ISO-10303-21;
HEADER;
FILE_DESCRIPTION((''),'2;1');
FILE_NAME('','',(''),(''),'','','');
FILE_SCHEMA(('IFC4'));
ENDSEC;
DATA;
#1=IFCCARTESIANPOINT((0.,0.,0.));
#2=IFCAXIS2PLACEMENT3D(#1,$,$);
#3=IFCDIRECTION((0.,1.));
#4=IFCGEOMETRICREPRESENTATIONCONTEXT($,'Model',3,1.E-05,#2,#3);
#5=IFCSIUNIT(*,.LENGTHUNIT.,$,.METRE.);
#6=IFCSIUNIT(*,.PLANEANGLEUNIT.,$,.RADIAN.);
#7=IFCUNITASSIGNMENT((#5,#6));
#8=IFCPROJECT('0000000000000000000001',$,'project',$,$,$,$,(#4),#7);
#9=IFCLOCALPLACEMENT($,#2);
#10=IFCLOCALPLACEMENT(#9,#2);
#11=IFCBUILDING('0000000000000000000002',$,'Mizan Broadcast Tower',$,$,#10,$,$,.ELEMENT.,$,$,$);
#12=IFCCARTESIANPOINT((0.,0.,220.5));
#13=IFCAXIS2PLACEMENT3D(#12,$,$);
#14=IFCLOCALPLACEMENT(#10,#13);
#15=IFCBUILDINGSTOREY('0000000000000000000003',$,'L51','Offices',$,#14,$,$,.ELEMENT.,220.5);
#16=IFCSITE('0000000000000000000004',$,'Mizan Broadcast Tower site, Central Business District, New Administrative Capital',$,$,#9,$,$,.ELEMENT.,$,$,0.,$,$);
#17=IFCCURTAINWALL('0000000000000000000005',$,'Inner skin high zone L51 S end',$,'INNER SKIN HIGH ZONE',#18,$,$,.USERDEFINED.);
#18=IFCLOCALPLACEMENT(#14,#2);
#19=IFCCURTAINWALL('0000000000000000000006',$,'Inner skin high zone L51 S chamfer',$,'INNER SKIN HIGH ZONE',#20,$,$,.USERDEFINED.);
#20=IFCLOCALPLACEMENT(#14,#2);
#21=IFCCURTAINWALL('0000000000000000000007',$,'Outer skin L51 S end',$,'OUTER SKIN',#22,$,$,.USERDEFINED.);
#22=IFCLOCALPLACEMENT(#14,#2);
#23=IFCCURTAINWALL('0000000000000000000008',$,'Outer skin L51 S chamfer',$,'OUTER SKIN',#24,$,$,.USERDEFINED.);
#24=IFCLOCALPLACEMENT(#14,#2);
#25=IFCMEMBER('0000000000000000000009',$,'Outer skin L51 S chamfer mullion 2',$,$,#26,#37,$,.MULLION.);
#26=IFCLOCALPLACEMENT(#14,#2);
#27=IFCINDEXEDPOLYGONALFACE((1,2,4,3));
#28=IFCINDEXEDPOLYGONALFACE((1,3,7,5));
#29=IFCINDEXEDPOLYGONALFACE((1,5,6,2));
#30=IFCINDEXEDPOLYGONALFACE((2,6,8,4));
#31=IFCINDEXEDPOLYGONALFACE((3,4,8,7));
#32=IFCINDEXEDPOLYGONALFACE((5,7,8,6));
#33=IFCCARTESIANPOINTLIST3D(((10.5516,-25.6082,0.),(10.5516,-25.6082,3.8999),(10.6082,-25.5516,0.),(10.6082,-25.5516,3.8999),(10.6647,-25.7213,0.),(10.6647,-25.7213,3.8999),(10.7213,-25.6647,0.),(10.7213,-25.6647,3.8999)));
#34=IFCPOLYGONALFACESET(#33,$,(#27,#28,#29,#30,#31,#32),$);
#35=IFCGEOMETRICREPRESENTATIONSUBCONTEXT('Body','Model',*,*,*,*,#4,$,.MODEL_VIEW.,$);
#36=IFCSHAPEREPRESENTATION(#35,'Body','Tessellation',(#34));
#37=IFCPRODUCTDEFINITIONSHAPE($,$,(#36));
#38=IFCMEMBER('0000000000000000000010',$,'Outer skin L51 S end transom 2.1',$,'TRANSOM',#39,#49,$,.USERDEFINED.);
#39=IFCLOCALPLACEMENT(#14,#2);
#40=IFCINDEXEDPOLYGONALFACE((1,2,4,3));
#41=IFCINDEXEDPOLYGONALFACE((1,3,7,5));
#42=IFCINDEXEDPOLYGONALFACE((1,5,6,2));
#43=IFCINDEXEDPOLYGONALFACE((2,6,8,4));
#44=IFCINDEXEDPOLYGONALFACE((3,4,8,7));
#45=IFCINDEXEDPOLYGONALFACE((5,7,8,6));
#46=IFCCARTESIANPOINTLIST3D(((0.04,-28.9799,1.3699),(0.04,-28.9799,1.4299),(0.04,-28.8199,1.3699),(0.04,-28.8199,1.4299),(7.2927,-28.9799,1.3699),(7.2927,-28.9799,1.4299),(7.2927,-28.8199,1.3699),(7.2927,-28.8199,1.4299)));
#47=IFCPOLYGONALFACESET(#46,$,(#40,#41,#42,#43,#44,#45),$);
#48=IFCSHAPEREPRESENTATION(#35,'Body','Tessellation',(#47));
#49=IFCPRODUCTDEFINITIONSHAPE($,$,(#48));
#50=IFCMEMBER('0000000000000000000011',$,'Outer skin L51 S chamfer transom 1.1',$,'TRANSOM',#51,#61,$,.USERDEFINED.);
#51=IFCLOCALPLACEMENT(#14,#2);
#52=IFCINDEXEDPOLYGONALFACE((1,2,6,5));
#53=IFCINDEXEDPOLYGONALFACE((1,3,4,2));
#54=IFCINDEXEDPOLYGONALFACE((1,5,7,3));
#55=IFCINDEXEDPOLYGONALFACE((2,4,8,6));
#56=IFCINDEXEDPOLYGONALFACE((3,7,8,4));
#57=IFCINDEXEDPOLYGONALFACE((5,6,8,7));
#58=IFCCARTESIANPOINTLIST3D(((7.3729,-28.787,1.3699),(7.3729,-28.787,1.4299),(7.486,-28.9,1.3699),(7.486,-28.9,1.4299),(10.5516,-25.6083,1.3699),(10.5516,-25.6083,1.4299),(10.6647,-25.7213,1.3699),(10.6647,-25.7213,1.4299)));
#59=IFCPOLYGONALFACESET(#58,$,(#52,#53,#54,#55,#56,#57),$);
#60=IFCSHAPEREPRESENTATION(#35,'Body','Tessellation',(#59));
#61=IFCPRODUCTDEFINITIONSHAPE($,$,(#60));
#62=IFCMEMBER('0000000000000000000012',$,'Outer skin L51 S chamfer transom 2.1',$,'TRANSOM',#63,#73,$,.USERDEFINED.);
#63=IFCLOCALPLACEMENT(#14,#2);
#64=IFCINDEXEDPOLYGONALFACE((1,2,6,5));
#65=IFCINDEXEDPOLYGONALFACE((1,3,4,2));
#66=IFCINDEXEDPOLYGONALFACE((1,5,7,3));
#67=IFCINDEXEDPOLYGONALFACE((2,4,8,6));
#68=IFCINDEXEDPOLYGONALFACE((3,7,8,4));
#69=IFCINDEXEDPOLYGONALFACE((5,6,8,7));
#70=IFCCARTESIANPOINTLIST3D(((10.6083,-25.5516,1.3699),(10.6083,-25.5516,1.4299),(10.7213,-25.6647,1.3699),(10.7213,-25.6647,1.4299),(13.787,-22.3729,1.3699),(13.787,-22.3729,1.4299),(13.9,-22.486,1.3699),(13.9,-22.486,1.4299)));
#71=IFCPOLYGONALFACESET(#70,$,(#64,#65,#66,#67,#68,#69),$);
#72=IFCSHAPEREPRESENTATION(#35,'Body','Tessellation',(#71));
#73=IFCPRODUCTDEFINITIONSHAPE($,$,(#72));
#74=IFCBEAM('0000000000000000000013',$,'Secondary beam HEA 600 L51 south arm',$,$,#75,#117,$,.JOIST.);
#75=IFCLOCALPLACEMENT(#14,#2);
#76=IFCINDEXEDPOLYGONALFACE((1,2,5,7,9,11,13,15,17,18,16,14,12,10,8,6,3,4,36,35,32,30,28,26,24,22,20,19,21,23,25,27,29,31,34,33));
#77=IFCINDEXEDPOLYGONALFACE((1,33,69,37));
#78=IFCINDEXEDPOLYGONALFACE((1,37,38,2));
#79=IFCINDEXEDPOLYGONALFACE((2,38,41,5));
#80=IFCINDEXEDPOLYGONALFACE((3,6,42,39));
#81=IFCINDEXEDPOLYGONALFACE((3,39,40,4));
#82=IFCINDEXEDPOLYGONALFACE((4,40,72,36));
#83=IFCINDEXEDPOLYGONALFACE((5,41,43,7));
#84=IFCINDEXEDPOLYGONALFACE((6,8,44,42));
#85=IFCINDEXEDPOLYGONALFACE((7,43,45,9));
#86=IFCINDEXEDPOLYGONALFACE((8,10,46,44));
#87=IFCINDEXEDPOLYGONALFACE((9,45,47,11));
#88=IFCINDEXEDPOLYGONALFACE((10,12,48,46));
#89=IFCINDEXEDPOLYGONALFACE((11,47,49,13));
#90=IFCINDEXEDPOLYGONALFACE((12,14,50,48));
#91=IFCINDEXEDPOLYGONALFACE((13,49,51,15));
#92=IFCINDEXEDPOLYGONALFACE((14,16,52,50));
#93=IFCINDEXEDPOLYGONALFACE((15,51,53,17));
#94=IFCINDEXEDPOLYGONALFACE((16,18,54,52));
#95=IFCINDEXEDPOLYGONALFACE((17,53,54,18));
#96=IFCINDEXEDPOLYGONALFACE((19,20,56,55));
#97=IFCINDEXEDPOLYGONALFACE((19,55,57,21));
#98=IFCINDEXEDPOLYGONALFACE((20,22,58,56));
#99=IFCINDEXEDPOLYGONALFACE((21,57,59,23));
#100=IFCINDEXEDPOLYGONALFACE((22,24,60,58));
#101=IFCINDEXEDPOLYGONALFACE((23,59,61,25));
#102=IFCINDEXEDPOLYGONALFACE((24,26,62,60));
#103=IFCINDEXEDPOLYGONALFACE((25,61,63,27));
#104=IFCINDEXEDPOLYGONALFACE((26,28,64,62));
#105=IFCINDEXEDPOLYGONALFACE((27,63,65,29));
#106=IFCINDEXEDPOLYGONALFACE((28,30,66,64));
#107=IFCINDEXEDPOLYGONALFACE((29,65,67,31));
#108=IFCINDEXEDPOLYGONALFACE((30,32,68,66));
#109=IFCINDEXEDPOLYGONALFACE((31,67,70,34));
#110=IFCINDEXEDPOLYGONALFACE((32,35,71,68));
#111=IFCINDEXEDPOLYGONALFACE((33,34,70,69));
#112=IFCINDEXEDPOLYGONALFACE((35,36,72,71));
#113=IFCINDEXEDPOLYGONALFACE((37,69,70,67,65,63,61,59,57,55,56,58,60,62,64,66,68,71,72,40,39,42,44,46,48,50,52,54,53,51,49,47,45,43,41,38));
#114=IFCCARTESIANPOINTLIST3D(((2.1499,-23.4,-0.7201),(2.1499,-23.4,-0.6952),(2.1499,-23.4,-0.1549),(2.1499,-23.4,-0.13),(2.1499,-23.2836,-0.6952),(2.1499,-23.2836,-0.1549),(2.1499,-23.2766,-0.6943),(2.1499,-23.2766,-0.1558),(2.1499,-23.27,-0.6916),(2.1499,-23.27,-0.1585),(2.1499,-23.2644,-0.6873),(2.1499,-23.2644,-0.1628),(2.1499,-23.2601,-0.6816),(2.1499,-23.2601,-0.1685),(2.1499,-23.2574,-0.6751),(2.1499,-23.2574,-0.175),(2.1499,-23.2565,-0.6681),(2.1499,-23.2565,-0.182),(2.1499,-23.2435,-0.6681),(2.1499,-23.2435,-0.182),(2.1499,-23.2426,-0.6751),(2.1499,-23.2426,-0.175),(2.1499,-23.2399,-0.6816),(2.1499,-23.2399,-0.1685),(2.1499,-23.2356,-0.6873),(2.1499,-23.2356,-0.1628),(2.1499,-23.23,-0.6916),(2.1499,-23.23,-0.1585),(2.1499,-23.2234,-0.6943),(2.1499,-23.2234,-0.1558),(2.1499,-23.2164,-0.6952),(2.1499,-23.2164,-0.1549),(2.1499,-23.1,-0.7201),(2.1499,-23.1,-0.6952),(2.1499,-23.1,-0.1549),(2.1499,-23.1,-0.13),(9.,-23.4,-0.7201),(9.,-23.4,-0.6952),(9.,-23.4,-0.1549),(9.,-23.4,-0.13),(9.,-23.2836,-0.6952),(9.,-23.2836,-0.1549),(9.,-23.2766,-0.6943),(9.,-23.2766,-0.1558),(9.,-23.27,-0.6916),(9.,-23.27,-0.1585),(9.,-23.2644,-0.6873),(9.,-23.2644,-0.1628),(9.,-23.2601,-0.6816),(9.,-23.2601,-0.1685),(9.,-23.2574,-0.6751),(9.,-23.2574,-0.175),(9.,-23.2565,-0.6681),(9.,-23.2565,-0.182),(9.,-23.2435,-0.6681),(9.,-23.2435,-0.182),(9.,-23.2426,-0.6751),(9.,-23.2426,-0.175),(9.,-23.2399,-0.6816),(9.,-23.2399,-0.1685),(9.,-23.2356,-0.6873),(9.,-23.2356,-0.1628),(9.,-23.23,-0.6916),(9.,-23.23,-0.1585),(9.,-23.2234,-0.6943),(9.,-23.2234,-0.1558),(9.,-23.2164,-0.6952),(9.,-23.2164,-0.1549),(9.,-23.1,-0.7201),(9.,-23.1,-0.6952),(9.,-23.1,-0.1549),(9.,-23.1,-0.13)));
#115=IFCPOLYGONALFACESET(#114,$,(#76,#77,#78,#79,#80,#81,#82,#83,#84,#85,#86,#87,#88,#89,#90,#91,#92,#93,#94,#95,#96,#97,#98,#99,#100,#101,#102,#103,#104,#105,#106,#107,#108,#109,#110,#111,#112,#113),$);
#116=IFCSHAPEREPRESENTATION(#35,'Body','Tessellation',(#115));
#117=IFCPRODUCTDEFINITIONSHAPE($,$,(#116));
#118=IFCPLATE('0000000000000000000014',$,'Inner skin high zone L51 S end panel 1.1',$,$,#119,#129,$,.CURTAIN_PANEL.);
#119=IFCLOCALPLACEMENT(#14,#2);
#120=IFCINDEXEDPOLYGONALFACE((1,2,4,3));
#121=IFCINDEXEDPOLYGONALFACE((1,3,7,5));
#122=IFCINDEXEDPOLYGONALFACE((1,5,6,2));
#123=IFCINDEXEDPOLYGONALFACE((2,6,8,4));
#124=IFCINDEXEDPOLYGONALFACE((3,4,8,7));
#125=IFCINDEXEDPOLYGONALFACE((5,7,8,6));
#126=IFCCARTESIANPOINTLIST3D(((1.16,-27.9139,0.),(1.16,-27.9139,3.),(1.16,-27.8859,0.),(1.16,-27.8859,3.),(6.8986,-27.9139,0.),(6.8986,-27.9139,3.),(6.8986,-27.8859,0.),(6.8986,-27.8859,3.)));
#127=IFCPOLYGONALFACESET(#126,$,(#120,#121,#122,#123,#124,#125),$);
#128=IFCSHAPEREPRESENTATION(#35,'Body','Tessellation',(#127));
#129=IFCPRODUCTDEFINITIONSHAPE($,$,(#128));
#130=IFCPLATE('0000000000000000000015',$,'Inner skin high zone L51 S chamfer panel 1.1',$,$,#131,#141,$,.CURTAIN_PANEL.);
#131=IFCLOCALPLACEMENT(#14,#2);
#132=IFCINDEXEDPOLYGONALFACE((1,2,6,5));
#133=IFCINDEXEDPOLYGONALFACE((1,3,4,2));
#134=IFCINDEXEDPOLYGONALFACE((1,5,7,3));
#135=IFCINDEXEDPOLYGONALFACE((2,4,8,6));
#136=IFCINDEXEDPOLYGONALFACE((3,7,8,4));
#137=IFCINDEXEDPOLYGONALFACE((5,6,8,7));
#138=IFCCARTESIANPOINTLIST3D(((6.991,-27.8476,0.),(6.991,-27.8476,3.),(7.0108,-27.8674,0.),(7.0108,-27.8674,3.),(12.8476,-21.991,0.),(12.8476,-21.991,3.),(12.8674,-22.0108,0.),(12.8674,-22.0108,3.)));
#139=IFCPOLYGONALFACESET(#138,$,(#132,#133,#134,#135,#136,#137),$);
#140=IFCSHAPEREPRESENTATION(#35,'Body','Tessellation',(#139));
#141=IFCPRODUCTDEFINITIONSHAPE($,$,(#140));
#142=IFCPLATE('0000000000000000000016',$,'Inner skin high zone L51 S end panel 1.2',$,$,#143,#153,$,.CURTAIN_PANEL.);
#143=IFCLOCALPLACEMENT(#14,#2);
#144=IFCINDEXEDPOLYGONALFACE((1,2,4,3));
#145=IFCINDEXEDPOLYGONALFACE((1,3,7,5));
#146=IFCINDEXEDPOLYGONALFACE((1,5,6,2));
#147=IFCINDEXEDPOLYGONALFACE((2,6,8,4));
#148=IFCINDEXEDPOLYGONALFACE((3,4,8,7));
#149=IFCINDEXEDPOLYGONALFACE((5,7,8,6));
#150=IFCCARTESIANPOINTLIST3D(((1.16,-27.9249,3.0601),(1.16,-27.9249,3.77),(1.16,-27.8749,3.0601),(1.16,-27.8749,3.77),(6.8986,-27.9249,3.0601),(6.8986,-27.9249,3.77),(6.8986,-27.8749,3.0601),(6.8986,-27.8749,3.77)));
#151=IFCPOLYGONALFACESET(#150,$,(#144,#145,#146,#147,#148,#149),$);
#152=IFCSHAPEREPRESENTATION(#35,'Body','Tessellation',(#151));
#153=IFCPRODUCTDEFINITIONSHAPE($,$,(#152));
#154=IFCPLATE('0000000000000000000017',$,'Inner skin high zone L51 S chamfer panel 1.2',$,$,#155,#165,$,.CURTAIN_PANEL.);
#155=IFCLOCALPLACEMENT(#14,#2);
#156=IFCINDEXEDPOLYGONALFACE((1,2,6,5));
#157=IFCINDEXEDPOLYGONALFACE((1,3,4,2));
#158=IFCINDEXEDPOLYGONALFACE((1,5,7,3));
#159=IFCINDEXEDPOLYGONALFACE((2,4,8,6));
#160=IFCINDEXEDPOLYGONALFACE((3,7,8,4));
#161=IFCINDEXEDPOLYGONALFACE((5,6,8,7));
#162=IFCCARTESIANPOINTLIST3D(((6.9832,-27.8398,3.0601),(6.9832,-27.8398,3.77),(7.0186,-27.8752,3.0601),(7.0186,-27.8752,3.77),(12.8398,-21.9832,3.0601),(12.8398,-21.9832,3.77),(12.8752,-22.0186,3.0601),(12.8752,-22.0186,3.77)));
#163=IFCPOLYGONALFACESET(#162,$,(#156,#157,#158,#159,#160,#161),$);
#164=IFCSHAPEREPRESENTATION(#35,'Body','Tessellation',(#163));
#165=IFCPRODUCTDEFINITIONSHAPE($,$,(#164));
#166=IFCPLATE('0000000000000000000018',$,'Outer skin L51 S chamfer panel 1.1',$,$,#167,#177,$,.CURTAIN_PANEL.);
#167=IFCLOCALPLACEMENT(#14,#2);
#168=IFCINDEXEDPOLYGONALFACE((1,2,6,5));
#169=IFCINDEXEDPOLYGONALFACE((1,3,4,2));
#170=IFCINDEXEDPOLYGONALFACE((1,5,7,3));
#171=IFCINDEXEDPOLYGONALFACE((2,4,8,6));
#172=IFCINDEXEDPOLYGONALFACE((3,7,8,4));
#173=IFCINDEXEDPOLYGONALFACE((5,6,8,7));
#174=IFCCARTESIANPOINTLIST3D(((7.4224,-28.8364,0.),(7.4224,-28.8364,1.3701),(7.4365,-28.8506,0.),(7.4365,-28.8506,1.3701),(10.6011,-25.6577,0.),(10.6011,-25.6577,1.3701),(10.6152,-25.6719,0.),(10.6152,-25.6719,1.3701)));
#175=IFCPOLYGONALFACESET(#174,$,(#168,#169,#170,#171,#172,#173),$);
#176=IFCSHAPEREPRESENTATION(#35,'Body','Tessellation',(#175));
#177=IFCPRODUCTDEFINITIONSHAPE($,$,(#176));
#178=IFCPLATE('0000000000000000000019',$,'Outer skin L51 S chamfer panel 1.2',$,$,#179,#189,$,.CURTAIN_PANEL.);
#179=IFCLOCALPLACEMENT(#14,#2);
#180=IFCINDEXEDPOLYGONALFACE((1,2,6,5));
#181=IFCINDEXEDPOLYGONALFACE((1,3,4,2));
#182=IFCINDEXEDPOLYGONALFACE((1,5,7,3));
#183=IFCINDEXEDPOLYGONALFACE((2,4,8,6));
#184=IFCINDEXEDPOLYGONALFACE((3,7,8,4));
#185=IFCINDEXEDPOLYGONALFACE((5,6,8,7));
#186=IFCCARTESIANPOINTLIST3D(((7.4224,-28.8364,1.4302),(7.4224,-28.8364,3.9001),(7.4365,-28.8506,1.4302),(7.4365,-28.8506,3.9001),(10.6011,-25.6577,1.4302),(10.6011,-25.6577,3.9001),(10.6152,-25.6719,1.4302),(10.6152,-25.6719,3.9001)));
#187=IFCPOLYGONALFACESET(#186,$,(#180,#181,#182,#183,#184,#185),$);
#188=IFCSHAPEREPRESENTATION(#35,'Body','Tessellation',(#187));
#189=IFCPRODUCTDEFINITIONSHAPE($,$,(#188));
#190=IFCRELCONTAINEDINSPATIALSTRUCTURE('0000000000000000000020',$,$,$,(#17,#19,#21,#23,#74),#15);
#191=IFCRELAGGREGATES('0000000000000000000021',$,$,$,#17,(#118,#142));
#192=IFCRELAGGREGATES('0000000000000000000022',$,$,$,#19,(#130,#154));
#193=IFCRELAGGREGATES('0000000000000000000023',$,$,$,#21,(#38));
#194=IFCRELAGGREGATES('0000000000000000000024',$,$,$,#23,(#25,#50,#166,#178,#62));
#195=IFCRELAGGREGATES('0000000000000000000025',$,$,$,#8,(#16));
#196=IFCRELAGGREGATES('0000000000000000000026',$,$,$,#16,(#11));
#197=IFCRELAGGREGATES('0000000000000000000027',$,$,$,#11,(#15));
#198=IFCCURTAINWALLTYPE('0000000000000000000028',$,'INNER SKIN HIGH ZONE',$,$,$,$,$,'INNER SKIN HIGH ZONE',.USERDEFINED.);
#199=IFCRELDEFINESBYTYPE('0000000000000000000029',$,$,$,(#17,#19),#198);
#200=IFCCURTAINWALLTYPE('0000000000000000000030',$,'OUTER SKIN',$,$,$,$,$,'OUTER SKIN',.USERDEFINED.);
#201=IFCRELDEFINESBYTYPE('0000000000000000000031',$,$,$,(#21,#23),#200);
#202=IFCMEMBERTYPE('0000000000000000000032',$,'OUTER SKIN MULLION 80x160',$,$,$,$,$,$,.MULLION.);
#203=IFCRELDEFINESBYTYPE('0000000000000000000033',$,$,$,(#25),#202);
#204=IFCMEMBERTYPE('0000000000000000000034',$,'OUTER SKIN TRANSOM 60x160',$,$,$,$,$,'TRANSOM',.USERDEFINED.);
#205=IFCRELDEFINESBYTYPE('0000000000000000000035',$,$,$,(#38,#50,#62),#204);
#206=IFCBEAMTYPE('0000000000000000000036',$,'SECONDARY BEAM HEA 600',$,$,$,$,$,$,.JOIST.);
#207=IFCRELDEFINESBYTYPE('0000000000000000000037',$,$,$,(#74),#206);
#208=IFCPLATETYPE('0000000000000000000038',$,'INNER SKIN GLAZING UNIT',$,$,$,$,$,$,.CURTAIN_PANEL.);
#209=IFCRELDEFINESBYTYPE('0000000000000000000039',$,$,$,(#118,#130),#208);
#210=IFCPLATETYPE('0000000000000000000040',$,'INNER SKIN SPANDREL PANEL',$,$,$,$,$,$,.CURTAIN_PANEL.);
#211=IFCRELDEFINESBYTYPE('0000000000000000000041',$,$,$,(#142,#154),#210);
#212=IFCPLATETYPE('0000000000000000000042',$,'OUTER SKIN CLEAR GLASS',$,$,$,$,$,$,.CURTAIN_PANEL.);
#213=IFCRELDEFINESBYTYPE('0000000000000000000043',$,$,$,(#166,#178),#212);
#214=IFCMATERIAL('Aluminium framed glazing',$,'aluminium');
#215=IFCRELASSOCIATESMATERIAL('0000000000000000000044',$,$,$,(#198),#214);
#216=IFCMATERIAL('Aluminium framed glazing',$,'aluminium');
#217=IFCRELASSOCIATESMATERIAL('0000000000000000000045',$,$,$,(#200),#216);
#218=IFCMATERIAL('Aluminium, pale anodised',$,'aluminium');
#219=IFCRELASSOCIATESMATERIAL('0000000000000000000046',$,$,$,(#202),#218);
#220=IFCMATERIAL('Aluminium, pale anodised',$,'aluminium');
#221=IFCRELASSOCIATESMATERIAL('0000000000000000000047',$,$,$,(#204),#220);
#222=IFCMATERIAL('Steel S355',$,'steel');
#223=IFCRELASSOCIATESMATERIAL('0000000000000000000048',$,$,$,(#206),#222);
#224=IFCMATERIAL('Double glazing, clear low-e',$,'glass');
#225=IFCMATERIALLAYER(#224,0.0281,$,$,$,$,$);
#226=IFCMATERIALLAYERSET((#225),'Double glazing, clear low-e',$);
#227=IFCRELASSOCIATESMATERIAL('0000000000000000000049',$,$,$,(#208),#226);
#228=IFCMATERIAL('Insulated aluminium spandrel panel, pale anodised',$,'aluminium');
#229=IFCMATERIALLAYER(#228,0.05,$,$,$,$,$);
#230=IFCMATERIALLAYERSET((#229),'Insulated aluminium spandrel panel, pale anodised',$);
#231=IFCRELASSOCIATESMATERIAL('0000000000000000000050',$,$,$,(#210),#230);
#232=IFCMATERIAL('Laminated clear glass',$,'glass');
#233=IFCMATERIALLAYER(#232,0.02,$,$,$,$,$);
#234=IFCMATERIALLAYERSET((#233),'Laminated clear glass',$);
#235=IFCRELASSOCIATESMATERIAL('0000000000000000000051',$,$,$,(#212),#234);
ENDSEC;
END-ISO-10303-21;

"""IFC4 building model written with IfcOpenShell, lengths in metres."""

from ifc_helpers import new_model, si_unit, direction, frame, origin, origin_2d, place, context, subcontext, project, spatial, rectangle, i_section, extrude, material, layer, layer_set, material_profile, profile_set, type_object, element, aggregate, save


model = new_model("IFC4")

# Units and contexts
model_context = context("Model", 3, precision=1e-05, world=origin(), true_north=direction((0.0, 1.0)))
body_context = subcontext(model_context, "Body", "Model", "MODEL_VIEW")
ifc_project = project(units=[si_unit("LENGTHUNIT", "METRE"), si_unit("PLANEANGLEUNIT", "RADIAN")], contexts=[model_context])

# Site, building, storey
site_placement = place(None, origin())
site = spatial("IfcSite", under=ifc_project, at=site_placement, Name="Mizan Broadcast Tower site, Central Business District, New Administrative Capital", CompositionType="ELEMENT", RefElevation=0.0)
building_placement = place(site_placement, origin())
building = spatial("IfcBuilding", under=site, at=building_placement, Name="Mizan Broadcast Tower", CompositionType="ELEMENT")
storey_placement = place(building_placement, frame((0.0, 0.0, 220.5)))
storey = spatial("IfcBuildingStorey", under=building, at=storey_placement, Name="L51", Description="Offices", CompositionType="ELEMENT", Elevation=220.5)

# Curtain wall
ifc_material_1 = material(Name="Aluminium framed glazing", Category="aluminium")
curtain_wall_type_1 = type_object("IfcCurtainWallType", Name="INNER SKIN HIGH ZONE", ElementType="INNER SKIN HIGH ZONE", PredefinedType="USERDEFINED", material=ifc_material_1)
curtain_wall_1_placement = place(storey_placement, origin())
curtain_wall_1 = element("IfcCurtainWall", 1, at=curtain_wall_1_placement, inside=storey, type_object=curtain_wall_type_1, Name="Inner skin high zone L51 S end", ObjectType="INNER SKIN HIGH ZONE", PredefinedType="USERDEFINED")

# Curtain wall
curtain_wall_2_placement = place(storey_placement, origin())
curtain_wall_2 = element("IfcCurtainWall", 2, at=curtain_wall_2_placement, inside=storey, type_object=curtain_wall_type_1, Name="Inner skin high zone L51 S chamfer", ObjectType="INNER SKIN HIGH ZONE", PredefinedType="USERDEFINED")

# Curtain wall
ifc_material_2 = material(Name="Aluminium framed glazing", Category="aluminium")
curtain_wall_type_2 = type_object("IfcCurtainWallType", Name="OUTER SKIN", ElementType="OUTER SKIN", PredefinedType="USERDEFINED", material=ifc_material_2)
curtain_wall_3_placement = place(storey_placement, origin())
curtain_wall_3 = element("IfcCurtainWall", 3, at=curtain_wall_3_placement, inside=storey, type_object=curtain_wall_type_2, Name="Outer skin L51 S end", ObjectType="OUTER SKIN", PredefinedType="USERDEFINED")
ifc_material_3 = material(Name="Aluminium, pale anodised", Category="aluminium")
ifc_material_profile_1 = material_profile(ifc_material_3, rectangle(XDim=0.1599, YDim=0.0801, at=origin_2d()), Name="MULLION 160x80")
ifc_profile_set_1 = profile_set([ifc_material_profile_1], Name="Aluminium, pale anodised")
member_type_1 = type_object("IfcMemberType", Name="OUTER SKIN MULLION 80x160", PredefinedType="MULLION", material=ifc_profile_set_1)

# Curtain wall, member
curtain_wall_4_placement = place(storey_placement, origin())
curtain_wall_4 = element("IfcCurtainWall", 4, at=curtain_wall_4_placement, inside=storey, type_object=curtain_wall_type_2, Name="Outer skin L51 S chamfer", ObjectType="OUTER SKIN", PredefinedType="USERDEFINED")
member_1_placement = place(storey_placement, frame((10.6365, -25.6365, 0.0), z_axis=(0.0, 0.0, 1.0), x_axis=(-0.707107, 0.707107, 0.0)))
member_1 = element("IfcMember", 5, at=member_1_placement, type_object=member_type_1, Name="Outer skin L51 S chamfer mullion 2", PredefinedType="MULLION", context=body_context, shape_type="SweptSolid", body=[
    extrude(rectangle(XDim=0.1599, YDim=0.0801, at=origin_2d()), origin(), (0.0, 0.0, 1.0), 3.8999),
])

# Members
ifc_material_4 = material(Name="Aluminium, pale anodised", Category="aluminium")
ifc_material_profile_2 = material_profile(ifc_material_4, rectangle(XDim=0.1599, YDim=0.0601, at=origin_2d()), Name="TRANSOM 160x60")
ifc_profile_set_2 = profile_set([ifc_material_profile_2], Name="Aluminium, pale anodised")
member_type_2 = type_object("IfcMemberType", Name="OUTER SKIN TRANSOM 60x160", ElementType="TRANSOM", PredefinedType="USERDEFINED", material=ifc_profile_set_2)
member_2_placement = place(storey_placement, frame((0.04, -28.8999, 1.3999), z_axis=(1.0, 0.0, 0.0), x_axis=(0.0, 1.0, 0.0)))
member_2 = element("IfcMember", 6, at=member_2_placement, type_object=member_type_2, Name="Outer skin L51 S end transom 2.1", ObjectType="TRANSOM", PredefinedType="USERDEFINED", context=body_context, shape_type="SweptSolid", body=[
    extrude(rectangle(XDim=0.1599, YDim=0.0601, at=origin_2d()), origin(), (0.0, 0.0, 1.0), 7.2527),
])
member_3_placement = place(storey_placement, frame((7.4294, -28.8435, 1.3999), z_axis=(0.707107, 0.707107, 0.0), x_axis=(-0.707107, 0.707107, 0.0)))
member_3 = element("IfcMember", 7, at=member_3_placement, type_object=member_type_2, Name="Outer skin L51 S chamfer transom 1.1", ObjectType="TRANSOM", PredefinedType="USERDEFINED", context=body_context, shape_type="SweptSolid", body=[
    extrude(rectangle(XDim=0.1599, YDim=0.0601, at=origin_2d()), origin(), (0.0, 0.0, 1.0), 4.4954),
])
member_4_placement = place(storey_placement, frame((10.6648, -25.6082, 1.3999), z_axis=(0.707107, 0.707107, 0.0), x_axis=(-0.707107, 0.707107, 0.0)))
member_4 = element("IfcMember", 8, at=member_4_placement, type_object=member_type_2, Name="Outer skin L51 S chamfer transom 2.1", ObjectType="TRANSOM", PredefinedType="USERDEFINED", context=body_context, shape_type="SweptSolid", body=[
    extrude(rectangle(XDim=0.1599, YDim=0.0601, at=origin_2d()), origin(), (0.0, 0.0, 1.0), 4.4954),
])

# Beam
ifc_material_5 = material(Name="Steel S355", Category="steel")
ifc_material_profile_3 = material_profile(ifc_material_5, i_section(OverallWidth=0.3, OverallDepth=0.5901, WebThickness=0.0129, FlangeThickness=0.0249, FilletRadius=0.0271, at=origin_2d()), Name="HEA 600")
ifc_profile_set_3 = profile_set([ifc_material_profile_3], Name="Steel S355")
beam_type_1 = type_object("IfcBeamType", Name="SECONDARY BEAM HEA 600", PredefinedType="JOIST", material=ifc_profile_set_3)
beam_1_placement = place(storey_placement, frame((9.0, -23.25, -0.425), z_axis=(-1.0, 0.0, 0.0), x_axis=(0.0, -1.0, 0.0)))
element("IfcBeam", 9, at=beam_1_placement, inside=storey, type_object=beam_type_1, Name="Secondary beam HEA 600 L51 south arm", PredefinedType="JOIST", context=body_context, shape_type="SweptSolid", body=[
    extrude(i_section(OverallWidth=0.3, OverallDepth=0.5901, WebThickness=0.0129, FlangeThickness=0.0249, FilletRadius=0.0271, at=origin_2d()), origin(), (0.0, 0.0, 1.0), 6.8501),
])

# Plates
ifc_material_6 = material(Name="Double glazing, clear low-e", Category="glass")
ifc_layer_1 = layer(ifc_material_6, 0.0281)
ifc_layer_set_1 = layer_set([ifc_layer_1], Name="Double glazing, clear low-e")
plate_type_1 = type_object("IfcPlateType", Name="INNER SKIN GLAZING UNIT", PredefinedType="CURTAIN_PANEL", material=ifc_layer_set_1)
plate_1_placement = place(storey_placement, frame((4.0293, -27.8999, 0.0), z_axis=(0.0, 0.0, 1.0), x_axis=(1.0, 0.0, 0.0)))
plate_1 = element("IfcPlate", 10, at=plate_1_placement, type_object=plate_type_1, Name="Inner skin high zone L51 S end panel 1.1", PredefinedType="CURTAIN_PANEL", context=body_context, shape_type="SweptSolid", body=[
    extrude(rectangle(XDim=5.7385, YDim=0.0281, at=origin_2d()), origin(), (0.0, 0.0, 1.0), 3.0),
])
plate_2_placement = place(storey_placement, frame((9.9292, -24.9292, 0.0), z_axis=(0.0, 0.0, 1.0), x_axis=(0.707107, 0.707107, 0.0)))
plate_2 = element("IfcPlate", 11, at=plate_2_placement, type_object=plate_type_1, Name="Inner skin high zone L51 S chamfer panel 1.1", PredefinedType="CURTAIN_PANEL", context=body_context, shape_type="SweptSolid", body=[
    extrude(rectangle(XDim=8.2825, YDim=0.0281, at=origin_2d()), origin(), (0.0, 0.0, 1.0), 3.0),
])
ifc_material_7 = material(Name="Insulated aluminium spandrel panel, pale anodised", Category="aluminium")
ifc_layer_2 = layer(ifc_material_7, 0.05)
ifc_layer_set_2 = layer_set([ifc_layer_2], Name="Insulated aluminium spandrel panel, pale anodised")
plate_type_2 = type_object("IfcPlateType", Name="INNER SKIN SPANDREL PANEL", PredefinedType="CURTAIN_PANEL", material=ifc_layer_set_2)
plate_3_placement = place(storey_placement, frame((4.0293, -27.8999, 3.0601), z_axis=(0.0, 0.0, 1.0), x_axis=(1.0, 0.0, 0.0)))
plate_3 = element("IfcPlate", 12, at=plate_3_placement, type_object=plate_type_2, Name="Inner skin high zone L51 S end panel 1.2", PredefinedType="CURTAIN_PANEL", context=body_context, shape_type="SweptSolid", body=[
    extrude(rectangle(XDim=5.7385, YDim=0.05, at=origin_2d()), origin(), (0.0, 0.0, 1.0), 0.71),
])
aggregate(curtain_wall_1, [plate_1, plate_3])
plate_4_placement = place(storey_placement, frame((9.9292, -24.9292, 3.0601), z_axis=(0.0, 0.0, 1.0), x_axis=(0.707107, 0.707107, 0.0)))
plate_4 = element("IfcPlate", 13, at=plate_4_placement, type_object=plate_type_2, Name="Inner skin high zone L51 S chamfer panel 1.2", PredefinedType="CURTAIN_PANEL", context=body_context, shape_type="SweptSolid", body=[
    extrude(rectangle(XDim=8.2825, YDim=0.05, at=origin_2d()), origin(), (0.0, 0.0, 1.0), 0.71),
])
aggregate(curtain_wall_2, [plate_2, plate_4])
ifc_material_8 = material(Name="Laminated clear glass", Category="glass")
ifc_layer_3 = layer(ifc_material_8, 0.02)
ifc_layer_set_3 = layer_set([ifc_layer_3], Name="Laminated clear glass")
plate_type_3 = type_object("IfcPlateType", Name="OUTER SKIN CLEAR GLASS", PredefinedType="CURTAIN_PANEL", material=ifc_layer_set_3)
plate_5_placement = place(storey_placement, frame((9.0188, -27.2542, 0.0), z_axis=(0.0, 0.0, 1.0), x_axis=(0.707107, 0.707107, 0.0)))
plate_5 = element("IfcPlate", 14, at=plate_5_placement, type_object=plate_type_3, Name="Outer skin L51 S chamfer panel 1.1", PredefinedType="CURTAIN_PANEL", context=body_context, shape_type="SweptSolid", body=[
    extrude(rectangle(XDim=4.4954, YDim=0.02, at=origin_2d()), origin(), (0.0, 0.0, 1.0), 1.3701),
])
plate_6_placement = place(storey_placement, frame((9.0188, -27.2542, 1.4302), z_axis=(0.0, 0.0, 1.0), x_axis=(0.707107, 0.707107, 0.0)))
plate_6 = element("IfcPlate", 15, at=plate_6_placement, type_object=plate_type_3, Name="Outer skin L51 S chamfer panel 1.2", PredefinedType="CURTAIN_PANEL", context=body_context, shape_type="SweptSolid", body=[
    extrude(rectangle(XDim=4.4954, YDim=0.02, at=origin_2d()), origin(), (0.0, 0.0, 1.0), 2.47),
])
aggregate(curtain_wall_3, [member_2])
aggregate(curtain_wall_4, [member_1, member_3, plate_5, plate_6, member_4])

save(model, "model.ifc")
